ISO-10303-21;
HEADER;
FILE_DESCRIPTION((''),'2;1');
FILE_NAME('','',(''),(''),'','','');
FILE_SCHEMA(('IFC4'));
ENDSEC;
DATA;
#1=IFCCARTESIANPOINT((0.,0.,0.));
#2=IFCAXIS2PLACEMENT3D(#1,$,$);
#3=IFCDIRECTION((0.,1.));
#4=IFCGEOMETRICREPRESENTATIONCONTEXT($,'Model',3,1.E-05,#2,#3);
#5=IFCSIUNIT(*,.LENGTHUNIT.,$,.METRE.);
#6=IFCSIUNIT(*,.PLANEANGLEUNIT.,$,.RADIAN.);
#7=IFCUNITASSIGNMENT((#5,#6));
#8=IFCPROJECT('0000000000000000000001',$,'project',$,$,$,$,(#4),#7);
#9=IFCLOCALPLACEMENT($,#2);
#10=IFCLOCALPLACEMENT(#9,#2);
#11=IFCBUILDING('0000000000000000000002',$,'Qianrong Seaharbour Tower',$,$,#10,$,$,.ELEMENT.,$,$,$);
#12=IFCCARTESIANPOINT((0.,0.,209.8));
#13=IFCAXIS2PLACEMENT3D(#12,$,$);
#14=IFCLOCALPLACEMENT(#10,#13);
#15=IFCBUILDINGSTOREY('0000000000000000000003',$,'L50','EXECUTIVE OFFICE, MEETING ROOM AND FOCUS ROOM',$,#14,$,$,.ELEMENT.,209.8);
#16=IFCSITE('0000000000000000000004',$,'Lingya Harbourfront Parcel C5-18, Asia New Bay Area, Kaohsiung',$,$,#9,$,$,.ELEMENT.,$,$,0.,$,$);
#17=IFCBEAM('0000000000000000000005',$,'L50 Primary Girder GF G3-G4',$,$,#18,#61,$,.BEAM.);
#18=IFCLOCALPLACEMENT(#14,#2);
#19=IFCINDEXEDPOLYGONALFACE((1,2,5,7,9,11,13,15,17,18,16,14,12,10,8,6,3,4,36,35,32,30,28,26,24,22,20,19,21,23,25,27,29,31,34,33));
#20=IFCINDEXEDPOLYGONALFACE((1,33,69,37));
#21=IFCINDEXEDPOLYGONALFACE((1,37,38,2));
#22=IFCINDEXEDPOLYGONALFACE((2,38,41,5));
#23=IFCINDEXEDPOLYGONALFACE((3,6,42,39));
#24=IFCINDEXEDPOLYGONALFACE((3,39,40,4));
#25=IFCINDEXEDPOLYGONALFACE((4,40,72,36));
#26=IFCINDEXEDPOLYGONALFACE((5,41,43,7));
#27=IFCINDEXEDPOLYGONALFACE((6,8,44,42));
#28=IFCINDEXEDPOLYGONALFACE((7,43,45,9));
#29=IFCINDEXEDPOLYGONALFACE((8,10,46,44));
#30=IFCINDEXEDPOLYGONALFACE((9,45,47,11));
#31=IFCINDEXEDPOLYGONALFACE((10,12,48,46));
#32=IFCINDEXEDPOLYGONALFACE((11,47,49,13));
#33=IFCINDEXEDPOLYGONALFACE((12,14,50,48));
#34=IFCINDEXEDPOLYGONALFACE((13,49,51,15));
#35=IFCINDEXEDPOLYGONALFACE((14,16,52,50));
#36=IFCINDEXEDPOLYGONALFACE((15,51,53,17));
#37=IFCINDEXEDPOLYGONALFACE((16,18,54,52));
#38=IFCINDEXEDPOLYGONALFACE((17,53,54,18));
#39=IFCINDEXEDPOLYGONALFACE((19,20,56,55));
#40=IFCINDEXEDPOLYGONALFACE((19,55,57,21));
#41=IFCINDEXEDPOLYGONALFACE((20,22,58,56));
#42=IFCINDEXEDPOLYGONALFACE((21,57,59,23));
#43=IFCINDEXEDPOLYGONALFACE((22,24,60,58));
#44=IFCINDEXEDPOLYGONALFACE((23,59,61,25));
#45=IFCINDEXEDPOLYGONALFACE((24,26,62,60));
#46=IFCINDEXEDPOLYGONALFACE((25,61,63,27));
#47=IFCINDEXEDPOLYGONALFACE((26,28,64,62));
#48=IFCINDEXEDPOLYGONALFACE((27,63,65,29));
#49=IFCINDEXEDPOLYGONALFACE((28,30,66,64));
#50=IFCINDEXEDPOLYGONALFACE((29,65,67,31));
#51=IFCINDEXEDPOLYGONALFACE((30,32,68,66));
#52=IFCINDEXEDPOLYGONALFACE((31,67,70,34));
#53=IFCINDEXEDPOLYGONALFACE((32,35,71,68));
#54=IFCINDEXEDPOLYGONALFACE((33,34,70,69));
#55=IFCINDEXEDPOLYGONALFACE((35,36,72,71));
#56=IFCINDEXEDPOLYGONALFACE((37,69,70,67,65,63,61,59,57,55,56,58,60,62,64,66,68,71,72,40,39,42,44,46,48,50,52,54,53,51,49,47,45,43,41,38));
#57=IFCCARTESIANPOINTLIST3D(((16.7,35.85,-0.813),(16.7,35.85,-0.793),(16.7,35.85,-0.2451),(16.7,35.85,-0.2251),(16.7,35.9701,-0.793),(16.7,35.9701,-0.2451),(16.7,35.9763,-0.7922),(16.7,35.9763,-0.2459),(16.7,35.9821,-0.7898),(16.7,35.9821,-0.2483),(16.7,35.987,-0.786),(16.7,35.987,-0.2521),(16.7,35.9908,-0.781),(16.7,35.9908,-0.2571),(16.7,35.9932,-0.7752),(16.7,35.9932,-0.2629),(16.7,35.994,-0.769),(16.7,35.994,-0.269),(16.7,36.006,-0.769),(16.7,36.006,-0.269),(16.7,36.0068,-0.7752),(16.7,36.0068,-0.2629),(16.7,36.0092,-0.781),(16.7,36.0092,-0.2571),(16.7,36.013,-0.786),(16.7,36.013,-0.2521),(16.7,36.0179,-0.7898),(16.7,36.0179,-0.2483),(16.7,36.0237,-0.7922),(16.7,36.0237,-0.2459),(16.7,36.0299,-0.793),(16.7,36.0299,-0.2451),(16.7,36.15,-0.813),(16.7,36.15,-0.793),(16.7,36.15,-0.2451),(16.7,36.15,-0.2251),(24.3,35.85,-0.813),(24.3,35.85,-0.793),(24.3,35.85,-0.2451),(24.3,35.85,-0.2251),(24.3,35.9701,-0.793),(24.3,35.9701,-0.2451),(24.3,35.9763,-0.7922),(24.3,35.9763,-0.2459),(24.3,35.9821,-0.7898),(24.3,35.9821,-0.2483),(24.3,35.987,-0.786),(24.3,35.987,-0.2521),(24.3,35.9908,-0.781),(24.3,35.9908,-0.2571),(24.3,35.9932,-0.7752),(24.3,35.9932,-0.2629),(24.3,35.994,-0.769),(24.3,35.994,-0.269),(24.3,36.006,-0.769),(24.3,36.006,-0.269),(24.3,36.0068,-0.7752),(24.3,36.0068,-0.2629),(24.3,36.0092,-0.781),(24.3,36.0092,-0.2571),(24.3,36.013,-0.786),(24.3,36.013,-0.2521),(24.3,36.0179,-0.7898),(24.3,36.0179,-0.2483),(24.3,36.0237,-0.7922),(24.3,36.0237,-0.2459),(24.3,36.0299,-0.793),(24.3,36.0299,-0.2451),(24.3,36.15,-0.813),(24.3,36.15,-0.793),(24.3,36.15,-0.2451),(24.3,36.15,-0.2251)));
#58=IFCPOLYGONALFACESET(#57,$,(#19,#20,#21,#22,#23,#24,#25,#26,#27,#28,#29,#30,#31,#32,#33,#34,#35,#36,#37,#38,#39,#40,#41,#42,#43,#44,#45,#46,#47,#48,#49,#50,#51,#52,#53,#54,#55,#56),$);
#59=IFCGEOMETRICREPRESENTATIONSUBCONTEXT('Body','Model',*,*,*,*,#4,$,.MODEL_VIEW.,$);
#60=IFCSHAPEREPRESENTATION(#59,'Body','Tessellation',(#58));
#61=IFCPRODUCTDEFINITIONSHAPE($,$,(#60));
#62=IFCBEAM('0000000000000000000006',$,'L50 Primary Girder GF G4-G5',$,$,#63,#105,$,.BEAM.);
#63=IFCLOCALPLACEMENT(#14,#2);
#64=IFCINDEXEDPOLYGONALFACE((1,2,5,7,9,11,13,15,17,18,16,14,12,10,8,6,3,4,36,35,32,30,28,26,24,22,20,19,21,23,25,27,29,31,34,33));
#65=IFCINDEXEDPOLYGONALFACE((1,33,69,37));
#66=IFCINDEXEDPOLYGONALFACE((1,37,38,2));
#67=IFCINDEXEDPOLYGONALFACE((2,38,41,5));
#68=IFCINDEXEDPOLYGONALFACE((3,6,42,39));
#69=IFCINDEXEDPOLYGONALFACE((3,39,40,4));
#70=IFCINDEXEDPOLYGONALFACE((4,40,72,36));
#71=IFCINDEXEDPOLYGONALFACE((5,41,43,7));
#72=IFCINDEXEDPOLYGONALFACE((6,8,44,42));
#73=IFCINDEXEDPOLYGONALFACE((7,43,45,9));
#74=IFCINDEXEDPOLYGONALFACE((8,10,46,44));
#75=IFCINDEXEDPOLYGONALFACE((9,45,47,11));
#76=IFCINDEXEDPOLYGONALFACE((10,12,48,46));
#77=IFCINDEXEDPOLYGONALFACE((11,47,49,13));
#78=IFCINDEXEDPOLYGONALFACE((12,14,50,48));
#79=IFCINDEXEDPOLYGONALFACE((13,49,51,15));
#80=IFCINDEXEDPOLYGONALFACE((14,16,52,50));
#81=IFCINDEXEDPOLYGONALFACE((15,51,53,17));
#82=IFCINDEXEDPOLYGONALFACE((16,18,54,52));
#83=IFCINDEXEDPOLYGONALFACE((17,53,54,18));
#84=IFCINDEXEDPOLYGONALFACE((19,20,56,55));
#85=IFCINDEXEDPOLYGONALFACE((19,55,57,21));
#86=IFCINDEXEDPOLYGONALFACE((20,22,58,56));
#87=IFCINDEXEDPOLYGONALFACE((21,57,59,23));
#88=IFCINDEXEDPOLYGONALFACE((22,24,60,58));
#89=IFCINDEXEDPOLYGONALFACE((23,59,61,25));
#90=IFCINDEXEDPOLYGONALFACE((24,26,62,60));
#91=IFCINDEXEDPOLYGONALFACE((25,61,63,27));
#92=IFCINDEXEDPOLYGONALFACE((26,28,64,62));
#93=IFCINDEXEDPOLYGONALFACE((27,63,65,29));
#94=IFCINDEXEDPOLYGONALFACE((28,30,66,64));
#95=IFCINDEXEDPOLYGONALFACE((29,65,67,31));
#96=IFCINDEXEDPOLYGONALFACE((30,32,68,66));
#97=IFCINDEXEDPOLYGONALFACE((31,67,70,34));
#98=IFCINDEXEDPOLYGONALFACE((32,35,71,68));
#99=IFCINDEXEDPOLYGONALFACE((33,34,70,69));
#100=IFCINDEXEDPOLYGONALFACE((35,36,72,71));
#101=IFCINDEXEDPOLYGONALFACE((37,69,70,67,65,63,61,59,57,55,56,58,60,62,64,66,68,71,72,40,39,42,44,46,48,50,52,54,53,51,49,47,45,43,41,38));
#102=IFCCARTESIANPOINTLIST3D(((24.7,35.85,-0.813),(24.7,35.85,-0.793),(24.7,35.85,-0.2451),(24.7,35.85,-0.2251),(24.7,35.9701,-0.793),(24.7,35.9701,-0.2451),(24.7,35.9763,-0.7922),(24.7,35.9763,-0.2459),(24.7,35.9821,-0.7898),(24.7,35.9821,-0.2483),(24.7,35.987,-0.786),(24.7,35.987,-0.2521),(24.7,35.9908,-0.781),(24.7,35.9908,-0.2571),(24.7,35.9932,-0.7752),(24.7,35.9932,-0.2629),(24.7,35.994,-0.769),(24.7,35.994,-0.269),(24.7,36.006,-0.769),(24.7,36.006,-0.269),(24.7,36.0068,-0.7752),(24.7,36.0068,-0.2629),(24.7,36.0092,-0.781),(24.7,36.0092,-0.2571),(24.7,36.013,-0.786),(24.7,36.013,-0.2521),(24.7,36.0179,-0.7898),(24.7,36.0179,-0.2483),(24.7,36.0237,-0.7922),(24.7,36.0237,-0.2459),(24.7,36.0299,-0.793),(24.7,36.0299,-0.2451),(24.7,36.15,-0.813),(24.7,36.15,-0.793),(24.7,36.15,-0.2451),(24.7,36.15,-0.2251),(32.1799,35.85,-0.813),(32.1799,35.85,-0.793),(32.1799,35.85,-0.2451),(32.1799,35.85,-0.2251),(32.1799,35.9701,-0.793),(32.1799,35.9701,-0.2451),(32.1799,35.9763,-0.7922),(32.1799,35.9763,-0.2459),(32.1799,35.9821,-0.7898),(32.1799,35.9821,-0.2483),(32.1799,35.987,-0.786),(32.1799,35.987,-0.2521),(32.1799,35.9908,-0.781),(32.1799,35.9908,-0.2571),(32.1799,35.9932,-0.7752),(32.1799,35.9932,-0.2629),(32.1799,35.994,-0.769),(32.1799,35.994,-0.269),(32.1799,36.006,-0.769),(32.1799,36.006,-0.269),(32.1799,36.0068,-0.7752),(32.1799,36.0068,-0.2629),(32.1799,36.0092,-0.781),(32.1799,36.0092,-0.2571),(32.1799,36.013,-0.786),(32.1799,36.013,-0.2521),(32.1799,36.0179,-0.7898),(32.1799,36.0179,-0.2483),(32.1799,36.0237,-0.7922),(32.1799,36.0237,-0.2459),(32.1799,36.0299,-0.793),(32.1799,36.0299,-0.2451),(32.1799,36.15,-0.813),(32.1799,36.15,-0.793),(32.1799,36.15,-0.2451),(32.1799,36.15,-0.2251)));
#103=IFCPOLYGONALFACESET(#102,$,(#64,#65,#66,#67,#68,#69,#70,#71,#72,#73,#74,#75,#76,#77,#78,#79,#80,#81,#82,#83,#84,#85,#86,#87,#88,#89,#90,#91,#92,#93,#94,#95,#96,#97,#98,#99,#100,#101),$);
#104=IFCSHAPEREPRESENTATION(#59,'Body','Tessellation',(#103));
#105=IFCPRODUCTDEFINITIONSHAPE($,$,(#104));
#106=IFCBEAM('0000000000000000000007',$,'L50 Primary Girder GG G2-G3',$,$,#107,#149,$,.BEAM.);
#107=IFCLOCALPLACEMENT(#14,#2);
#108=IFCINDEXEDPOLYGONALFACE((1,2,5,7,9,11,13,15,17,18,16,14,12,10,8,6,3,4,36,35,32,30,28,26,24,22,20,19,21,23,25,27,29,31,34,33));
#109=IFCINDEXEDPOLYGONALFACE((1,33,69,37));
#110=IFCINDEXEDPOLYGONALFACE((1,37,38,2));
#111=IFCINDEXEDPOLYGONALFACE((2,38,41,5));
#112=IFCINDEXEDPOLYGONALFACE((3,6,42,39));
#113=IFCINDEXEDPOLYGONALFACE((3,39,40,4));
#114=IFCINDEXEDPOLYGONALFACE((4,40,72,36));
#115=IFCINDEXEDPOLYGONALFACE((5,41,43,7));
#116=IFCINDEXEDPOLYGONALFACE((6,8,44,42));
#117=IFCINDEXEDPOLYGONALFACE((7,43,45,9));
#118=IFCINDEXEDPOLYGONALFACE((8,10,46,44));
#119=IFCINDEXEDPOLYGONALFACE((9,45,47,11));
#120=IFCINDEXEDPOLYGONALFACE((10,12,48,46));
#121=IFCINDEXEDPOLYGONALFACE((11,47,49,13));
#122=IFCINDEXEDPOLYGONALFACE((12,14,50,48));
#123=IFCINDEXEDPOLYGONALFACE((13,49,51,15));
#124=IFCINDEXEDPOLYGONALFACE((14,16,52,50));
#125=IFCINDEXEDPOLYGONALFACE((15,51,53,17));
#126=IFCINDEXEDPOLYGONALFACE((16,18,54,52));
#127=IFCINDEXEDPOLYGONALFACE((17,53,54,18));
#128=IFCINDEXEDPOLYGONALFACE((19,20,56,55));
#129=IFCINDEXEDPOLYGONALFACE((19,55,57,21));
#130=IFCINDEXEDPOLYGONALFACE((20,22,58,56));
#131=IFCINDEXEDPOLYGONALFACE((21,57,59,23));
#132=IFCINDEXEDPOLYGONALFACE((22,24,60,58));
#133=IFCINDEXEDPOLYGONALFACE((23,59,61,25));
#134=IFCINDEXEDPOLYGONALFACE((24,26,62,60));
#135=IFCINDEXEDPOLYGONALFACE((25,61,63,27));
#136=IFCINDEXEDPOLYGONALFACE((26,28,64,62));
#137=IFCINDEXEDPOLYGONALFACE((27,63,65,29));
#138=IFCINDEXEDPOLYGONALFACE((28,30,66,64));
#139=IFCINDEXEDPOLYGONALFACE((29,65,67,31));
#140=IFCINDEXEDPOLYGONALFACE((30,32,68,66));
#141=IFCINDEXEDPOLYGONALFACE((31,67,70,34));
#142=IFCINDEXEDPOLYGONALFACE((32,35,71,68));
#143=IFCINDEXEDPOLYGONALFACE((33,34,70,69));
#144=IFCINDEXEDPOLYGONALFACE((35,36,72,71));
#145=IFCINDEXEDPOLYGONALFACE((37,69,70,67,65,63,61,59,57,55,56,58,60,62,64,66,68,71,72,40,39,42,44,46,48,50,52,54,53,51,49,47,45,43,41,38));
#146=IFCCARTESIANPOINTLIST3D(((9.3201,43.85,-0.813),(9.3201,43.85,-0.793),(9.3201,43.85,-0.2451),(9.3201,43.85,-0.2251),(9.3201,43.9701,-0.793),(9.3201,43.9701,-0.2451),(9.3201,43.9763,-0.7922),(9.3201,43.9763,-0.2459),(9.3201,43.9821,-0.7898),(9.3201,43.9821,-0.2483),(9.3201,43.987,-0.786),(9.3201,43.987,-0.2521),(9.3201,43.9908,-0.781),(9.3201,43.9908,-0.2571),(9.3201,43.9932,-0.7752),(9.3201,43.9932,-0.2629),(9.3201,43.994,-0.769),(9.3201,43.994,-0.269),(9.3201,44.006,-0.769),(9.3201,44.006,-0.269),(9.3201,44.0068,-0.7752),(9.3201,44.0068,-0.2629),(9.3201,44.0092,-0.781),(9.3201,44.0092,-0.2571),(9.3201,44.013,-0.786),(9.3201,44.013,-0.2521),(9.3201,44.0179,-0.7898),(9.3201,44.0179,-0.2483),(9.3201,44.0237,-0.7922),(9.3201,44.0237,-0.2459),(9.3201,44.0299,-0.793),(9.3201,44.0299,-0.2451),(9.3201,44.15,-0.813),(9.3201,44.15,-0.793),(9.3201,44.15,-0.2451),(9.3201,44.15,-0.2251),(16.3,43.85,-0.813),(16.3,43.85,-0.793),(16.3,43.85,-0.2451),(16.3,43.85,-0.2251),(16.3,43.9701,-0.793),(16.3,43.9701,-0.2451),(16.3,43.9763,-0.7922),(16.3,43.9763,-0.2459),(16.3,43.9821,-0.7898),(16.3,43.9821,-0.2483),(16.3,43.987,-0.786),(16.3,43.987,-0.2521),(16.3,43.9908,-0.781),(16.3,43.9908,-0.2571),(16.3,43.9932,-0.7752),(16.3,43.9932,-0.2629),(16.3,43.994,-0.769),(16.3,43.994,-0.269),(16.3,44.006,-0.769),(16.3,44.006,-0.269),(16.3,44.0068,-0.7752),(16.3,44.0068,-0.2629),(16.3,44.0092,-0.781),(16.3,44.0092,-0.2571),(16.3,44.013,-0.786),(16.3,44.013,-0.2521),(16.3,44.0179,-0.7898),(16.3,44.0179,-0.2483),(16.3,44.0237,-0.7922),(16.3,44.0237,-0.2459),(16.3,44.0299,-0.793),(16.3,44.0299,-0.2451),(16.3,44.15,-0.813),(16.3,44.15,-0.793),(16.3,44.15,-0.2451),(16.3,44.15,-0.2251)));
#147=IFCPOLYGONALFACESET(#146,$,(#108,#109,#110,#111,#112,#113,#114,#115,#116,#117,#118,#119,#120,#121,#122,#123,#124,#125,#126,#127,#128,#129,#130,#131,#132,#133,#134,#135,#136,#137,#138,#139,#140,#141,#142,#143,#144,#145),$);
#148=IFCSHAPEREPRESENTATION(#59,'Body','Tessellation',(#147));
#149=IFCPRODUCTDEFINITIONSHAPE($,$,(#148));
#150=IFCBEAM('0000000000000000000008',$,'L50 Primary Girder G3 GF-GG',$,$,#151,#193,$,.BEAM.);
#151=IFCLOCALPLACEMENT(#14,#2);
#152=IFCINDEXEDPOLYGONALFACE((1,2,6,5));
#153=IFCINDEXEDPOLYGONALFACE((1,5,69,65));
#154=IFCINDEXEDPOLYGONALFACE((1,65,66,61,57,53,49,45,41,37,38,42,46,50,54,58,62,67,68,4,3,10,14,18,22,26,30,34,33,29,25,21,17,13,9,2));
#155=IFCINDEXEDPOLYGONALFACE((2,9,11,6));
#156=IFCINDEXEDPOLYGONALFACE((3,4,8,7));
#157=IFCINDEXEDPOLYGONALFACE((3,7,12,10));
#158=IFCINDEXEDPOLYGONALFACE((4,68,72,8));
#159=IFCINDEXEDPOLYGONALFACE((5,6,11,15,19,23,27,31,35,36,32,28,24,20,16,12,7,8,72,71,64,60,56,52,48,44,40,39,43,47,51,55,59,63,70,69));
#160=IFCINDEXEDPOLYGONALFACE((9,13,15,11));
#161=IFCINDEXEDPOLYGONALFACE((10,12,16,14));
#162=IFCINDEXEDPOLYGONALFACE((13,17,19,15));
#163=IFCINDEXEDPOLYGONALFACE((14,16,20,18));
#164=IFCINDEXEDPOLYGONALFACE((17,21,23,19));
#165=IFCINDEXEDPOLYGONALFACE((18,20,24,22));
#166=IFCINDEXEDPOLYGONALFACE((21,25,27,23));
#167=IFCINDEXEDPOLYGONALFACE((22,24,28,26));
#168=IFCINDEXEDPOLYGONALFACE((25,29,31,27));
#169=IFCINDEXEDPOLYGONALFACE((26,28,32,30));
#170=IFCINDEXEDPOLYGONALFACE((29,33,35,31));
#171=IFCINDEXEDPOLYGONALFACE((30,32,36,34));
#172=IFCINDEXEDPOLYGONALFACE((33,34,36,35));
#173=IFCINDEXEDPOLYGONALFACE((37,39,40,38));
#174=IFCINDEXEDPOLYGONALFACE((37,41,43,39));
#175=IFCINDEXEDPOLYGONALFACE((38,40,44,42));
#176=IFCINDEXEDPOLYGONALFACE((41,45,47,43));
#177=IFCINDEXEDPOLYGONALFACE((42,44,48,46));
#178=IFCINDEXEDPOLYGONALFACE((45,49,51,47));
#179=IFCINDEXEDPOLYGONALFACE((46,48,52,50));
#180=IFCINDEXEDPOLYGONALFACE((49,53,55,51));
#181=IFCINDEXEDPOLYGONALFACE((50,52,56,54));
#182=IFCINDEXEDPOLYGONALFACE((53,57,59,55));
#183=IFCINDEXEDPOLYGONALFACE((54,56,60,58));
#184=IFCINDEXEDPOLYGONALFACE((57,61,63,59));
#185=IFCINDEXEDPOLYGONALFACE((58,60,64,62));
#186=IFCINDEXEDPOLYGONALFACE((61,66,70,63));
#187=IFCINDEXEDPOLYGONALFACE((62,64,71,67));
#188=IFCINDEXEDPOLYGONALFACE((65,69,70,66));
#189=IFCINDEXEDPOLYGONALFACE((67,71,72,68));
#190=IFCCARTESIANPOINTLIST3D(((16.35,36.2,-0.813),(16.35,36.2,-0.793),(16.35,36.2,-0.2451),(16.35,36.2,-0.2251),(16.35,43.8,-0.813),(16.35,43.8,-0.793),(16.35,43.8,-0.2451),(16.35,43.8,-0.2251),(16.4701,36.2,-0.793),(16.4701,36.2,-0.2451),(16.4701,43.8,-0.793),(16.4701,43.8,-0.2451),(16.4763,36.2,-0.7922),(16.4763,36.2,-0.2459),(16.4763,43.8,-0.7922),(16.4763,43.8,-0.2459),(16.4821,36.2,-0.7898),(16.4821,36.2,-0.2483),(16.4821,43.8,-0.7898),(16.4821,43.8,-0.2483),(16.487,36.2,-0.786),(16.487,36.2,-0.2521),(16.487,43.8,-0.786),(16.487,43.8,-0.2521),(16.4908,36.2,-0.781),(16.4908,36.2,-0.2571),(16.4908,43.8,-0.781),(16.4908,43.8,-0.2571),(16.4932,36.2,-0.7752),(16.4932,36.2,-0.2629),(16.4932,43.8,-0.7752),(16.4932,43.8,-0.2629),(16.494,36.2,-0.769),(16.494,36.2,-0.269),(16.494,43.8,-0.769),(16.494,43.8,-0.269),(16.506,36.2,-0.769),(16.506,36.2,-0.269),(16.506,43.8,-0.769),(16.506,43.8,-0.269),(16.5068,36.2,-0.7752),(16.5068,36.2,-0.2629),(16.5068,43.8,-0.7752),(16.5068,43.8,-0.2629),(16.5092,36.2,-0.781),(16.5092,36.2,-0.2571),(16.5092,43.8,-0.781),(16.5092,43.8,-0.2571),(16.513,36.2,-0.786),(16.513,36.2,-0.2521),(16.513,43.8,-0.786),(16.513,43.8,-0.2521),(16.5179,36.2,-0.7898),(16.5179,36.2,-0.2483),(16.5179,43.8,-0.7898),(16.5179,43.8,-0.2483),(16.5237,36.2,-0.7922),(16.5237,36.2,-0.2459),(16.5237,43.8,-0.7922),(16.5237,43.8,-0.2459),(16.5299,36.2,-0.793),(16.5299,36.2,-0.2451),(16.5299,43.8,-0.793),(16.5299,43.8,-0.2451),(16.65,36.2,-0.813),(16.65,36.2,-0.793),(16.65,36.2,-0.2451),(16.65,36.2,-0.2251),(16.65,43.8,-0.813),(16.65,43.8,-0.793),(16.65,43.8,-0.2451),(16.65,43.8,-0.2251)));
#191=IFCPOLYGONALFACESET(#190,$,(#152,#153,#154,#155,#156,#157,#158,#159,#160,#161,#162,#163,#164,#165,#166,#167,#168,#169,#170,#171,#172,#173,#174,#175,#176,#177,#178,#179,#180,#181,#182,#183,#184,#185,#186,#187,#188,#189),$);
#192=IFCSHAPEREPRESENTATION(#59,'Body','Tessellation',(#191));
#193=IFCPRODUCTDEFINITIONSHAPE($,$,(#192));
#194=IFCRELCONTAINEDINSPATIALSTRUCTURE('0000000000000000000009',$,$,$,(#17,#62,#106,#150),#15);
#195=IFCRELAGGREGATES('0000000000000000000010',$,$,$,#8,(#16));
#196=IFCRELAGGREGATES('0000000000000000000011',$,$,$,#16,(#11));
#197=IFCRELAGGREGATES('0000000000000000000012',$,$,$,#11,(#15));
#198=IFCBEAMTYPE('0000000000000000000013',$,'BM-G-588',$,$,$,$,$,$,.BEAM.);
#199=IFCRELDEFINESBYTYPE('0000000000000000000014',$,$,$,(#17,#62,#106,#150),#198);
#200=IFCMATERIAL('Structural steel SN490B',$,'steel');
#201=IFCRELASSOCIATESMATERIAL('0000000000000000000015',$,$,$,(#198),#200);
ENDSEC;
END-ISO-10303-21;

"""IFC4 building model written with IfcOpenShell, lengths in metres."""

from ifc_helpers import new_model, si_unit, direction, frame, origin, origin_2d, place, context, subcontext, project, spatial, i_section, extrude, material, material_profile, profile_set, type_object, element, save


model = new_model("IFC4")

# Units and contexts
model_context = context("Model", 3, precision=1e-05, world=origin(), true_north=direction((0.0, 1.0)))
body_context = subcontext(model_context, "Body", "Model", "MODEL_VIEW")
ifc_project = project(units=[si_unit("LENGTHUNIT", "METRE"), si_unit("PLANEANGLEUNIT", "RADIAN")], contexts=[model_context])

# Site, building, storey
site_placement = place(None, origin())
site = spatial("IfcSite", under=ifc_project, at=site_placement, Name="Lingya Harbourfront Parcel C5-18, Asia New Bay Area, Kaohsiung", CompositionType="ELEMENT", RefElevation=0.0)
building_placement = place(site_placement, origin())
building = spatial("IfcBuilding", under=site, at=building_placement, Name="Qianrong Seaharbour Tower", CompositionType="ELEMENT")
storey_placement = place(building_placement, frame((0.0, 0.0, 209.8)))
storey = spatial("IfcBuildingStorey", under=building, at=storey_placement, Name="L50", Description="EXECUTIVE OFFICE, MEETING ROOM AND FOCUS ROOM", CompositionType="ELEMENT", Elevation=209.8)

# Shared definitions
ifc_material_1 = material(Name="Structural steel SN490B", Category="steel")

# Beams
ifc_material_profile_1 = material_profile(ifc_material_1, i_section(OverallWidth=0.3, OverallDepth=0.5879, WebThickness=0.012, FlangeThickness=0.02, FilletRadius=0.0239, at=origin_2d()), Name="H588x300x12x20")
ifc_profile_set_1 = profile_set([ifc_material_profile_1], Name="Structural steel SN490B")
beam_type_1 = type_object("IfcBeamType", Name="BM-G-588", PredefinedType="BEAM", material=ifc_profile_set_1)
beam_1_placement = place(storey_placement, frame((16.7, 36.0, -0.519), z_axis=(1.0, 0.0, 0.0), x_axis=(0.0, 1.0, 0.0)))
element("IfcBeam", 1, at=beam_1_placement, inside=storey, type_object=beam_type_1, Name="L50 Primary Girder GF G3-G4", PredefinedType="BEAM", context=body_context, shape_type="SweptSolid", body=[
    extrude(i_section(OverallWidth=0.3, OverallDepth=0.5879, WebThickness=0.012, FlangeThickness=0.02, FilletRadius=0.0239, at=origin_2d()), origin(), (0.0, 0.0, 1.0), 7.6001),
])
beam_2_placement = place(storey_placement, frame((24.7, 36.0, -0.519), z_axis=(1.0, 0.0, 0.0), x_axis=(0.0, 1.0, 0.0)))
element("IfcBeam", 2, at=beam_2_placement, inside=storey, type_object=beam_type_1, Name="L50 Primary Girder GF G4-G5", PredefinedType="BEAM", context=body_context, shape_type="SweptSolid", body=[
    extrude(i_section(OverallWidth=0.3, OverallDepth=0.5879, WebThickness=0.012, FlangeThickness=0.02, FilletRadius=0.0239, at=origin_2d()), origin(), (0.0, 0.0, 1.0), 7.48),
])
beam_3_placement = place(storey_placement, frame((9.3201, 44.0, -0.519), z_axis=(1.0, 0.0, 0.0), x_axis=(0.0, 1.0, 0.0)))
element("IfcBeam", 3, at=beam_3_placement, inside=storey, type_object=beam_type_1, Name="L50 Primary Girder GG G2-G3", PredefinedType="BEAM", context=body_context, shape_type="SweptSolid", body=[
    extrude(i_section(OverallWidth=0.3, OverallDepth=0.5879, WebThickness=0.012, FlangeThickness=0.02, FilletRadius=0.0239, at=origin_2d()), origin(), (0.0, 0.0, 1.0), 6.98),
])
for number, where, z_axis, x_axis, name in (
    (4, (16.5, 36.2, -0.519), (0.0, 1.0, 0.0), (-1.0, 0.0, 0.0), "L50 Primary Girder G3 GF-GG"),
):
    element("IfcBeam", number, at=place(storey_placement, frame(where, z_axis=z_axis, x_axis=x_axis)), inside=storey, type_object=beam_type_1, Name=name, PredefinedType="BEAM", context=body_context, shape_type="SweptSolid", body=[
        extrude(i_section(OverallWidth=0.3, OverallDepth=0.5879, WebThickness=0.012, FlangeThickness=0.02, FilletRadius=0.0239, at=origin_2d()), origin(), (0.0, 0.0, 1.0), 7.6001),
    ])

save(model, "model.ifc")
